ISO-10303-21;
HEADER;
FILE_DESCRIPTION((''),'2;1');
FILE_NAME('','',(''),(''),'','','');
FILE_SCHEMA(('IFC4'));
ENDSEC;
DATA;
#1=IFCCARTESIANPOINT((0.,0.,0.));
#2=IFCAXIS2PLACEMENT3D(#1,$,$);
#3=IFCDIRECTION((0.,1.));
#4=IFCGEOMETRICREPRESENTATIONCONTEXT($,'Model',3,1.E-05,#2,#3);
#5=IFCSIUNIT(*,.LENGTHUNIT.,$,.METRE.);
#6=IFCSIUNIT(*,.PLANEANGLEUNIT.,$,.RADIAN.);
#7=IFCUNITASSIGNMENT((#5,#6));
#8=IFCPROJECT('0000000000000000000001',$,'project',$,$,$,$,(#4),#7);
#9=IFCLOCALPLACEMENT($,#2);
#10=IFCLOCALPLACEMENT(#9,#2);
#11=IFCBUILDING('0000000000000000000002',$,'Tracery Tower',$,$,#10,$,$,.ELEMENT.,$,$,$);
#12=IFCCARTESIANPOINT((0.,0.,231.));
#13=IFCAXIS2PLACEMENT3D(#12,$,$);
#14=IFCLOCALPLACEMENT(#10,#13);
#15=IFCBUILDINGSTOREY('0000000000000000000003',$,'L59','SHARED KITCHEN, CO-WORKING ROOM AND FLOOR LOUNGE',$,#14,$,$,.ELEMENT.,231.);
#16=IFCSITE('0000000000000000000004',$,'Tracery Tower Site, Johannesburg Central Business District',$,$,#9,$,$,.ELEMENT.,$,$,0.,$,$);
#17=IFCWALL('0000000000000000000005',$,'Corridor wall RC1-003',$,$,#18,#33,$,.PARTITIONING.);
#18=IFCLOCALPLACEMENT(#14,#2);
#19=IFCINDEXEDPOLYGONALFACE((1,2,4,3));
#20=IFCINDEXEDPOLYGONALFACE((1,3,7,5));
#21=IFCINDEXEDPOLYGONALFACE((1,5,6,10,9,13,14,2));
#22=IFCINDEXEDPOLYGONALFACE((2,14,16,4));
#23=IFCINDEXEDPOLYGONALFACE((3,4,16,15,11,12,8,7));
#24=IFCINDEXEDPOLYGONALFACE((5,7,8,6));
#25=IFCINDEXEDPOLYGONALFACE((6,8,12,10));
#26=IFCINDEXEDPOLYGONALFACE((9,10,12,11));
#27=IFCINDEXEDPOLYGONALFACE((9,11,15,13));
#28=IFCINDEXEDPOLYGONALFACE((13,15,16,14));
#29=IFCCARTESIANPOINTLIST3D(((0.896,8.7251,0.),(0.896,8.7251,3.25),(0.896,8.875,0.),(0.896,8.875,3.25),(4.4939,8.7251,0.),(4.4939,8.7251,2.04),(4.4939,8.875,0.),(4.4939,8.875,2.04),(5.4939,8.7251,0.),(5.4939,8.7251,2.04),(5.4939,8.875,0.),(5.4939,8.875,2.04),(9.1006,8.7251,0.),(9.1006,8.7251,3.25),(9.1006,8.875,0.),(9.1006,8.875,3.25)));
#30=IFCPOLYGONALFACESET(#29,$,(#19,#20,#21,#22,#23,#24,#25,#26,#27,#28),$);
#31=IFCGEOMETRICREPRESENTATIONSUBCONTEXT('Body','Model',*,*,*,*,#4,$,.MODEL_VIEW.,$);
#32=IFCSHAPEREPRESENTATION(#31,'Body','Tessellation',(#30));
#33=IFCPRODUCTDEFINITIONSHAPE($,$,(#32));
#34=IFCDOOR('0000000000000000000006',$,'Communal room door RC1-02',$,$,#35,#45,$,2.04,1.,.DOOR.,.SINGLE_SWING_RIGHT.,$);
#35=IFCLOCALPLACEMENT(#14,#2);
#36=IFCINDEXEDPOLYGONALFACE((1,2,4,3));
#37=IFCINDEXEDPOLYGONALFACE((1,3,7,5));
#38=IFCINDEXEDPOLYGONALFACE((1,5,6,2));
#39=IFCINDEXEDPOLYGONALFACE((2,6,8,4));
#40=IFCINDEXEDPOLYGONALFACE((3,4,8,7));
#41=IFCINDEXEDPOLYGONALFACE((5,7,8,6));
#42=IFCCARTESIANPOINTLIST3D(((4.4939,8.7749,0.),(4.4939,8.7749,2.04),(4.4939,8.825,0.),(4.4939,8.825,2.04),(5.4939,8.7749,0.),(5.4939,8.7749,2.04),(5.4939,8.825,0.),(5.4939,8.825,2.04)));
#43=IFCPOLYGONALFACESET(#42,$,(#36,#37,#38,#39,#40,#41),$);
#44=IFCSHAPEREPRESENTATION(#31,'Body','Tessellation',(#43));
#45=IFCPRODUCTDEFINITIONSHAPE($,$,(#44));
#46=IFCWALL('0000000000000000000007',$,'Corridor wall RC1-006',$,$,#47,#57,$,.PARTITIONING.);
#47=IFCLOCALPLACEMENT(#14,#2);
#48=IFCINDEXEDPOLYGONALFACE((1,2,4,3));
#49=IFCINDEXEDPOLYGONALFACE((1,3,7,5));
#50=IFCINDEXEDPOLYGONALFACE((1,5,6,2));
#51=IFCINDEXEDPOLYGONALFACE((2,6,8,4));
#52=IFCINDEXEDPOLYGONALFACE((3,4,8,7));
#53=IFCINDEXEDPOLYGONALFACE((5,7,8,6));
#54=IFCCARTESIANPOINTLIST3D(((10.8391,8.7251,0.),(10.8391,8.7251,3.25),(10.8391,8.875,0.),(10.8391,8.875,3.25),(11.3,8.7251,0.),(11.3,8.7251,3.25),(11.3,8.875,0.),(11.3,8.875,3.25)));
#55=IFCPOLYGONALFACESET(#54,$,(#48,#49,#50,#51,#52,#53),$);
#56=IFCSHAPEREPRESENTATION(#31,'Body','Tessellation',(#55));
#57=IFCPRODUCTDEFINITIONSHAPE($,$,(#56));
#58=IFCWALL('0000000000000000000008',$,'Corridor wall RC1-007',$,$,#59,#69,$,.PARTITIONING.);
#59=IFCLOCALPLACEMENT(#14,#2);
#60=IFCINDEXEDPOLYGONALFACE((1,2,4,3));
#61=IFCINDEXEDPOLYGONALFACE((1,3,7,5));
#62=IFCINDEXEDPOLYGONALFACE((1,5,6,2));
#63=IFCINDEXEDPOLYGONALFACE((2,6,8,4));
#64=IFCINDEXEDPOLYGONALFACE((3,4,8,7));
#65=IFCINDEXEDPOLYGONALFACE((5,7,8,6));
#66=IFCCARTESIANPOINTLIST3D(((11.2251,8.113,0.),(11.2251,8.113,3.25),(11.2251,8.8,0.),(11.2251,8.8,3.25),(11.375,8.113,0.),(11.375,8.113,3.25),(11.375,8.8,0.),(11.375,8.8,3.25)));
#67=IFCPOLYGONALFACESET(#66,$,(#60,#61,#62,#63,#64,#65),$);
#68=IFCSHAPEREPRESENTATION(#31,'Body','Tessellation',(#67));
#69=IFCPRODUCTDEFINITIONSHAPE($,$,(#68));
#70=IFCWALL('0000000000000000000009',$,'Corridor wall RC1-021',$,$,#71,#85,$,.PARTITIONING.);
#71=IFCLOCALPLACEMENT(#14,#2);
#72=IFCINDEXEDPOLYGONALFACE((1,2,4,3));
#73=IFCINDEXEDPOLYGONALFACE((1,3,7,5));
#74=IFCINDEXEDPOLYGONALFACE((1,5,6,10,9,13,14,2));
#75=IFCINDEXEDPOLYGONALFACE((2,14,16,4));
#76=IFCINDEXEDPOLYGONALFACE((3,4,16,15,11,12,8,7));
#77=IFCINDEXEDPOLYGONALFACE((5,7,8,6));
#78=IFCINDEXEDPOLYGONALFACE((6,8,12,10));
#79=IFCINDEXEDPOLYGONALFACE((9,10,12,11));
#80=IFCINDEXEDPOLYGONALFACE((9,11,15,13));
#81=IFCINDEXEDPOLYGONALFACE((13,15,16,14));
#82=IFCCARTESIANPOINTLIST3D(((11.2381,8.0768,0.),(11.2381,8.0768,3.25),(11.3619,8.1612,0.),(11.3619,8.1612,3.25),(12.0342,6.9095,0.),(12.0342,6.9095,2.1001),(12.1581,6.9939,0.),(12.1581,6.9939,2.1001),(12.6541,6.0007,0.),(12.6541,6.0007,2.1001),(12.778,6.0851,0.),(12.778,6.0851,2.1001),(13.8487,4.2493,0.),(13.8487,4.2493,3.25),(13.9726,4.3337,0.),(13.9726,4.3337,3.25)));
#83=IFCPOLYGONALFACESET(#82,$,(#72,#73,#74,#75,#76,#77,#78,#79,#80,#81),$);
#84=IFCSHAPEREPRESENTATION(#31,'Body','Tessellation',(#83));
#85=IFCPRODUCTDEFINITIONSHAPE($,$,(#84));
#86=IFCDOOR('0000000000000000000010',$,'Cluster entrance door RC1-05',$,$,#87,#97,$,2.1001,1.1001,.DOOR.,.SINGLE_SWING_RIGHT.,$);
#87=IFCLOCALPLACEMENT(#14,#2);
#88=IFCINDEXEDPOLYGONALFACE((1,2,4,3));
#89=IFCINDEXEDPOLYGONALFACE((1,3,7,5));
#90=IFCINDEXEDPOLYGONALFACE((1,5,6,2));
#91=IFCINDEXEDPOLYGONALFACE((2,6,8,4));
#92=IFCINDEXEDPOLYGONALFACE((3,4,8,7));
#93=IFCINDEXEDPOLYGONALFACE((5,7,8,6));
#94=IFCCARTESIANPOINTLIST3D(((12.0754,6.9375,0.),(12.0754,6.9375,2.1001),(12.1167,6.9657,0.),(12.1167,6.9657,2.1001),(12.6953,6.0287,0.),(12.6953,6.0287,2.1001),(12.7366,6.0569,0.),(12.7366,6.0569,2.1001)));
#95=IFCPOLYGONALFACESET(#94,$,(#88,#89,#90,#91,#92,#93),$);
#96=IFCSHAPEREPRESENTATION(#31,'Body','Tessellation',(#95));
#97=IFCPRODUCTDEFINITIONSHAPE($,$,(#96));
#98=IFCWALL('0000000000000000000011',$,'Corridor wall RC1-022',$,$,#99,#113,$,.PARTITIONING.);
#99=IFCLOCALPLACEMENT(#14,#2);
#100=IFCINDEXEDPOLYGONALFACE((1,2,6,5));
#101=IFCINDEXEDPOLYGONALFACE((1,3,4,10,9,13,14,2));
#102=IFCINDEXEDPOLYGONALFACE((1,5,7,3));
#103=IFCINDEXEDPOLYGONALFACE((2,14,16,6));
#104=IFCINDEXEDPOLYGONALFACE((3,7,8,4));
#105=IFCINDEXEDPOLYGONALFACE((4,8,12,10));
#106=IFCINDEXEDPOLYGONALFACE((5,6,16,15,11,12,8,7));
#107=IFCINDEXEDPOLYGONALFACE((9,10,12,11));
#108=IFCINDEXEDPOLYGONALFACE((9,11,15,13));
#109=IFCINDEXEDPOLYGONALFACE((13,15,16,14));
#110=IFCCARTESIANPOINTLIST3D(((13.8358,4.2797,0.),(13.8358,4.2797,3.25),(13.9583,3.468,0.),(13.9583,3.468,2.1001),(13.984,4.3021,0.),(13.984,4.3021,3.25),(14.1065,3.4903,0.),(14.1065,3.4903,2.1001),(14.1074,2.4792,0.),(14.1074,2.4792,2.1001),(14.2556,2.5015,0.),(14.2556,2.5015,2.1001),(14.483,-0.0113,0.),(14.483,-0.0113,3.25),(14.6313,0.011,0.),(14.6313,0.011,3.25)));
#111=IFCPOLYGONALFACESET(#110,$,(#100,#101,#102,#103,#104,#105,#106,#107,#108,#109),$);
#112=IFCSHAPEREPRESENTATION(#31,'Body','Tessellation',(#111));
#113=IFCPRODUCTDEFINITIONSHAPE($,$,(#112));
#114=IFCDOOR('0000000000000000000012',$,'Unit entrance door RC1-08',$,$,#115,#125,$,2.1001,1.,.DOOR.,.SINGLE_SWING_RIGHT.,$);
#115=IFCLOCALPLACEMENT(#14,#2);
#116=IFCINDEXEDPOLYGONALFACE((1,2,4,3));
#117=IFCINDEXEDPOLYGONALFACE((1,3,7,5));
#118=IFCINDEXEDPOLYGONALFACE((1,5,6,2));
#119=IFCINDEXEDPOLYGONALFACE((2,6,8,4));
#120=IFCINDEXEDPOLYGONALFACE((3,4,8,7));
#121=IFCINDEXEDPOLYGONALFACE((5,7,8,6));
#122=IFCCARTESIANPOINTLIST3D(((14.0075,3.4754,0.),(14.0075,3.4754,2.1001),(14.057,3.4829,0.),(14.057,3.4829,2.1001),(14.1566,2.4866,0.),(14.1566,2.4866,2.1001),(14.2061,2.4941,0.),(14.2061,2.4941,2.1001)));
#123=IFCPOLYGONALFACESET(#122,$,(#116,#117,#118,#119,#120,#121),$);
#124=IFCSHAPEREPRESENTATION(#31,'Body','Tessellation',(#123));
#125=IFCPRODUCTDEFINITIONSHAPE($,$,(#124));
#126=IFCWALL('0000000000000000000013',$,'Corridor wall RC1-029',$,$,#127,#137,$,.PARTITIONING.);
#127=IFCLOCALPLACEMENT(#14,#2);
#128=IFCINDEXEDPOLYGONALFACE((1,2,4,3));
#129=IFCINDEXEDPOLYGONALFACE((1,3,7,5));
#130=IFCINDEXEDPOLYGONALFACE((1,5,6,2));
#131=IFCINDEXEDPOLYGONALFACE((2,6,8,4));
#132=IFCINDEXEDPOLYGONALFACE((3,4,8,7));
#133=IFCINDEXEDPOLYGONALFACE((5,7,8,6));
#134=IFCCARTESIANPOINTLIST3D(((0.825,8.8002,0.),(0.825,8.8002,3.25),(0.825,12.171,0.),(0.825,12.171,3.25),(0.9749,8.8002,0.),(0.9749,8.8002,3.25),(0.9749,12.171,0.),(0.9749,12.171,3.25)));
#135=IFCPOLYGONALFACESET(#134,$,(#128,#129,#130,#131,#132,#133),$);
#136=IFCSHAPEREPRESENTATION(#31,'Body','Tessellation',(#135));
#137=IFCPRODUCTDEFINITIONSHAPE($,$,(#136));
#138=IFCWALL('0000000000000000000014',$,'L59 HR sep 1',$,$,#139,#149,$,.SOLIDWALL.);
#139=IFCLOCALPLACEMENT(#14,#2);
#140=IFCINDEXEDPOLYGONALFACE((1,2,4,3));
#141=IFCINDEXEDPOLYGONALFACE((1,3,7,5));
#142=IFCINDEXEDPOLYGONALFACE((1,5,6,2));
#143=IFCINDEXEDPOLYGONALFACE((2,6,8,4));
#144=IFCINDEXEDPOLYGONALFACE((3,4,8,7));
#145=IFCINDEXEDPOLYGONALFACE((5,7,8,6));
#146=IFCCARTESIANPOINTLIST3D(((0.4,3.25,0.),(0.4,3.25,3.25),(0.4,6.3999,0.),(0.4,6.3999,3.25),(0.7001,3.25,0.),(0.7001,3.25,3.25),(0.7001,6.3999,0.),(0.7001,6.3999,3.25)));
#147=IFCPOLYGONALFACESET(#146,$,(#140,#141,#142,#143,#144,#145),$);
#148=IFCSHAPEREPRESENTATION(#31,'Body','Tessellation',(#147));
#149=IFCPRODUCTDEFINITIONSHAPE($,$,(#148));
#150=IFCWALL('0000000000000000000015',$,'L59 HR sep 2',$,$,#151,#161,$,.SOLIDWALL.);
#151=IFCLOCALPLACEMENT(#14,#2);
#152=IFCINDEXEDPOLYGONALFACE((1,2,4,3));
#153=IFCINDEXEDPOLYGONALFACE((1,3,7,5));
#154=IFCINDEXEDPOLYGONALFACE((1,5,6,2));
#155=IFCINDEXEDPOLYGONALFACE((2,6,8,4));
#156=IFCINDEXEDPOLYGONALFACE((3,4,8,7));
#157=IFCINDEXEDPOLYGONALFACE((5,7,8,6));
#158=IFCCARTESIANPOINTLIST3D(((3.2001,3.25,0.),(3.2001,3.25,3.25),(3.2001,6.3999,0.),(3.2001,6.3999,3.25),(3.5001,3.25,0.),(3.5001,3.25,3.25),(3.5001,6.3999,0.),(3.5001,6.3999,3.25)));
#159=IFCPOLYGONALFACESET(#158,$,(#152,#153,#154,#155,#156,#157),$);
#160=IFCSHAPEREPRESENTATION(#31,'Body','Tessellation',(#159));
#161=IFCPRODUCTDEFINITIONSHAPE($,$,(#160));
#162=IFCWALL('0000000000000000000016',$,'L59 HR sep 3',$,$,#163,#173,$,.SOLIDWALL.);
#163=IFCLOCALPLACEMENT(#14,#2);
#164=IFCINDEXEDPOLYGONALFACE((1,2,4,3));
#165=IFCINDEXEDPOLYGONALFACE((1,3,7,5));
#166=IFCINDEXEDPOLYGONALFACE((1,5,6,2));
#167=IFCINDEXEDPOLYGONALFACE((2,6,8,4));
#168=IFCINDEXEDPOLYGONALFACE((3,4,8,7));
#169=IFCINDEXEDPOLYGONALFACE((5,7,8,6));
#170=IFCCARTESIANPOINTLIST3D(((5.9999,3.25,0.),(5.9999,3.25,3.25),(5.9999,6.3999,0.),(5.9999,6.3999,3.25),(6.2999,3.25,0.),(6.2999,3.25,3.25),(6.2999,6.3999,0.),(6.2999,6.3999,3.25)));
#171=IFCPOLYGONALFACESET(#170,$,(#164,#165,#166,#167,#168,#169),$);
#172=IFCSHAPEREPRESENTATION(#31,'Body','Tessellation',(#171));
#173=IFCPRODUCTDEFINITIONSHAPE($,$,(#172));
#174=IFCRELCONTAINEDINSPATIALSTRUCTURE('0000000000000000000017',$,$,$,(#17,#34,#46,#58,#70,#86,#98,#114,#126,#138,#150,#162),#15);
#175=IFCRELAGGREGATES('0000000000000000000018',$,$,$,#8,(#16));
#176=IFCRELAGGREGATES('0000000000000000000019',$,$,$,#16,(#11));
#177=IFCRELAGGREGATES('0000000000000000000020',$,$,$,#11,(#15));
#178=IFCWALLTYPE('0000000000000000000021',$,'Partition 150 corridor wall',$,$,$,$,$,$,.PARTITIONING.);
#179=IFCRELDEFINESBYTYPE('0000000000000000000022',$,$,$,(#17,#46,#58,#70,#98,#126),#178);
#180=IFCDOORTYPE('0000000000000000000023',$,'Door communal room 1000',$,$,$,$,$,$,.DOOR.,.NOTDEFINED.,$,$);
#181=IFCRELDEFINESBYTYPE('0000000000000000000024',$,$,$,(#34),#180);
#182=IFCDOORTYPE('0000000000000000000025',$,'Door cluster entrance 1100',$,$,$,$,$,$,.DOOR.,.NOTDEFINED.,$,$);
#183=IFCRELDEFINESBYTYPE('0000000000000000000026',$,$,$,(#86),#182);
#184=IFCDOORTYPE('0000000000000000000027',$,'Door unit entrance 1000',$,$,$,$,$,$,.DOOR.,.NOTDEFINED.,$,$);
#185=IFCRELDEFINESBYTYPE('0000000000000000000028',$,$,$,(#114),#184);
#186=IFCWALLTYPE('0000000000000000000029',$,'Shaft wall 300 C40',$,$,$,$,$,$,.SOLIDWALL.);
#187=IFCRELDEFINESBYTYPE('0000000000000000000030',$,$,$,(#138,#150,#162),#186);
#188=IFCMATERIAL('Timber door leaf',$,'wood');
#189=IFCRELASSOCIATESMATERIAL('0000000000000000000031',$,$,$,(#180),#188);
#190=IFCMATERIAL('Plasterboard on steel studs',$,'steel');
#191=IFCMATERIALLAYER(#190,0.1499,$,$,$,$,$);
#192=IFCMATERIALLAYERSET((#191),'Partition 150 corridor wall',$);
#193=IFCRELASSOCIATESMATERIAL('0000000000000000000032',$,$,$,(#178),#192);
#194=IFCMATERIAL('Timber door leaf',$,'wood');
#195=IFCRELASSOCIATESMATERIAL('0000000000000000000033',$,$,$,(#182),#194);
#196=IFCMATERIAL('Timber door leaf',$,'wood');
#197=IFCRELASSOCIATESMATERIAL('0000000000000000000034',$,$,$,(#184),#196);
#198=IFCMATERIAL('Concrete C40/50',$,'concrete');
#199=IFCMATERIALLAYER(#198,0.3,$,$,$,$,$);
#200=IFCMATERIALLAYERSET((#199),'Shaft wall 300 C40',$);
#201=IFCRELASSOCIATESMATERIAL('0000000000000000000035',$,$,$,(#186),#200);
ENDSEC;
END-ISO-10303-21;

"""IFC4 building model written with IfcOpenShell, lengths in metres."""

from ifc_helpers import new_model, si_unit, direction, frame, frame_2d, origin, place, context, subcontext, project, spatial, rectangle, extrude, material, layer, layer_set, type_object, element, fill, save


model = new_model("IFC4")

# Units and contexts
model_context = context("Model", 3, precision=1e-05, world=origin(), true_north=direction((0.0, 1.0)))
body_context = subcontext(model_context, "Body", "Model", "MODEL_VIEW")
ifc_project = project(units=[si_unit("LENGTHUNIT", "METRE"), si_unit("PLANEANGLEUNIT", "RADIAN")], contexts=[model_context])

# Site, building, storey
site_placement = place(None, origin())
site = spatial("IfcSite", under=ifc_project, at=site_placement, Name="Tracery Tower Site, Johannesburg Central Business District", CompositionType="ELEMENT", RefElevation=0.0)
building_placement = place(site_placement, origin())
building = spatial("IfcBuilding", under=site, at=building_placement, Name="Tracery Tower", CompositionType="ELEMENT")
storey_placement = place(building_placement, frame((0.0, 0.0, 231.0)))
storey = spatial("IfcBuildingStorey", under=building, at=storey_placement, Name="L59", Description="SHARED KITCHEN, CO-WORKING ROOM AND FLOOR LOUNGE", CompositionType="ELEMENT", Elevation=231.0)

# Shared definitions
ifc_material_1 = material(Name="Timber door leaf", Category="wood")
door_type_1 = type_object("IfcDoorType", Name="Door communal room 1000", OperationType="NOTDEFINED", PredefinedType="DOOR", material=ifc_material_1)

# Wall, opening, door
ifc_material_2 = material(Name="Plasterboard on steel studs", Category="steel")
ifc_layer_1 = layer(ifc_material_2, 0.1499)
ifc_layer_set_1 = layer_set([ifc_layer_1], Name="Partition 150 corridor wall")
wall_type_1 = type_object("IfcWallType", Name="Partition 150 corridor wall", PredefinedType="PARTITIONING", material=ifc_layer_set_1)
wall_1_placement = place(storey_placement, frame((0.896, 8.8, 0.0), z_axis=(0.0, 0.0, 1.0), x_axis=(1.0, 0.0, 0.0)))
wall_1 = element("IfcWall", 1, at=wall_1_placement, inside=storey, type_object=wall_type_1, Name="Corridor wall RC1-003", PredefinedType="PARTITIONING", context=body_context, shape_type="SweptSolid", body=[
    extrude(rectangle(XDim=8.2046, YDim=0.1499, at=frame_2d((4.1023, 0.0))), origin(), (0.0, 0.0, 1.0), 3.25),
])
opening_1_placement = place(wall_1_placement, frame((3.5979, 0.0, 0.0)))
opening_1 = element("IfcOpeningElement", 2, at=opening_1_placement, cuts=wall_1, PredefinedType="OPENING", context=body_context, shape_type="SweptSolid", body=[
    extrude(rectangle(XDim=1.0, YDim=2.04, at=frame_2d((0.5, 1.02))), frame((0.0, 0.075, 0.0), z_axis=(0.0, -1.0, 0.0), x_axis=(1.0, 0.0, 0.0)), (0.0, 0.0, 1.0), 0.1499),
])
door_1_placement = place(opening_1_placement, origin())
door_1 = element("IfcDoor", 3, at=door_1_placement, inside=storey, type_object=door_type_1, Name="Communal room door RC1-02", OperationType="SINGLE_SWING_RIGHT", OverallHeight=2.04, OverallWidth=1.0, PredefinedType="DOOR", context=body_context, shape_type="SweptSolid", body=[
    extrude(rectangle(XDim=1.0, YDim=2.04, at=frame_2d((0.5, 1.02))), frame((0.0, 0.0249, 0.0), z_axis=(0.0, -1.0, 0.0), x_axis=(1.0, 0.0, 0.0)), (0.0, 0.0, 1.0), 0.05),
])
fill(opening_1, door_1)

# Walls
wall_2_placement = place(storey_placement, frame((10.8391, 8.8, 0.0), z_axis=(0.0, 0.0, 1.0), x_axis=(1.0, 0.0, 0.0)))
element("IfcWall", 4, at=wall_2_placement, inside=storey, type_object=wall_type_1, Name="Corridor wall RC1-006", PredefinedType="PARTITIONING", context=body_context, shape_type="SweptSolid", body=[
    extrude(rectangle(XDim=0.4609, YDim=0.1499, at=frame_2d((0.2305, 0.0))), origin(), (0.0, 0.0, 1.0), 3.25),
])
wall_3_placement = place(storey_placement, frame((11.3, 8.113, 0.0), z_axis=(0.0, 0.0, 1.0), x_axis=(0.0, 1.0, 0.0)))
element("IfcWall", 5, at=wall_3_placement, inside=storey, type_object=wall_type_1, Name="Corridor wall RC1-007", PredefinedType="PARTITIONING", context=body_context, shape_type="SweptSolid", body=[
    extrude(rectangle(XDim=0.687, YDim=0.1499, at=frame_2d((0.3435, 0.0))), origin(), (0.0, 0.0, 1.0), 3.25),
])

# Walls, openings, doors
wall_4_placement = place(storey_placement, frame((11.3, 8.1189, 0.0), z_axis=(0.0, 0.0, 1.0), x_axis=(0.563486, -0.826126, 0.0)))
wall_4 = element("IfcWall", 6, at=wall_4_placement, inside=storey, type_object=wall_type_1, Name="Corridor wall RC1-021", PredefinedType="PARTITIONING", context=body_context, shape_type="SweptSolid", body=[
    extrude(rectangle(XDim=4.6331, YDim=0.1499, at=frame_2d((2.3164, 0.0))), origin(), (0.0, 0.0, 1.0), 3.25),
])
opening_2_placement = place(wall_4_placement, frame((1.4128, 0.0, 0.0)))
opening_2 = element("IfcOpeningElement", 7, at=opening_2_placement, cuts=wall_4, PredefinedType="OPENING", context=body_context, shape_type="SweptSolid", body=[
    extrude(rectangle(XDim=1.1001, YDim=2.1001, at=frame_2d((0.55, 1.05))), frame((0.0, 0.075, 0.0), z_axis=(0.0, -1.0, 0.0), x_axis=(1.0, 0.0, 0.0)), (0.0, 0.0, 1.0), 0.1499),
])
ifc_material_3 = material(Name="Timber door leaf", Category="wood")
door_type_2 = type_object("IfcDoorType", Name="Door cluster entrance 1100", OperationType="NOTDEFINED", PredefinedType="DOOR", material=ifc_material_3)
door_2_placement = place(opening_2_placement, origin())
door_2 = element("IfcDoor", 8, at=door_2_placement, inside=storey, type_object=door_type_2, Name="Cluster entrance door RC1-05", OperationType="SINGLE_SWING_RIGHT", OverallHeight=2.1001, OverallWidth=1.1001, PredefinedType="DOOR", context=body_context, shape_type="SweptSolid", body=[
    extrude(rectangle(XDim=1.1001, YDim=2.1001, at=frame_2d((0.55, 1.05))), frame((0.0, 0.0249, 0.0), z_axis=(0.0, -1.0, 0.0), x_axis=(1.0, 0.0, 0.0)), (0.0, 0.0, 1.0), 0.05),
])
fill(opening_2, door_2)
wall_5_placement = place(storey_placement, frame((13.9099, 4.291, 0.0), z_axis=(0.0, 0.0, 1.0), x_axis=(0.149144, -0.988816, 0.0)))
wall_5 = element("IfcWall", 9, at=wall_5_placement, inside=storey, type_object=wall_type_1, Name="Corridor wall RC1-022", PredefinedType="PARTITIONING", context=body_context, shape_type="SweptSolid", body=[
    extrude(rectangle(XDim=4.3396, YDim=0.1499, at=frame_2d((2.1699, 0.0))), origin(), (0.0, 0.0, 1.0), 3.25),
])
opening_3_placement = place(wall_5_placement, frame((0.821, 0.0, 0.0)))
opening_3 = element("IfcOpeningElement", 10, at=opening_3_placement, cuts=wall_5, PredefinedType="OPENING", context=body_context, shape_type="SweptSolid", body=[
    extrude(rectangle(XDim=1.0, YDim=2.1001, at=frame_2d((0.5, 1.05))), frame((0.0, 0.075, 0.0), z_axis=(0.0, -1.0, 0.0), x_axis=(1.0, 0.0, 0.0)), (0.0, 0.0, 1.0), 0.1499),
])
ifc_material_4 = material(Name="Timber door leaf", Category="wood")
door_type_3 = type_object("IfcDoorType", Name="Door unit entrance 1000", OperationType="NOTDEFINED", PredefinedType="DOOR", material=ifc_material_4)
door_3_placement = place(opening_3_placement, origin())
door_3 = element("IfcDoor", 11, at=door_3_placement, inside=storey, type_object=door_type_3, Name="Unit entrance door RC1-08", OperationType="SINGLE_SWING_RIGHT", OverallHeight=2.1001, OverallWidth=1.0, PredefinedType="DOOR", context=body_context, shape_type="SweptSolid", body=[
    extrude(rectangle(XDim=1.0, YDim=2.1001, at=frame_2d((0.5, 1.05))), frame((0.0, 0.0249, 0.0), z_axis=(0.0, -1.0, 0.0), x_axis=(1.0, 0.0, 0.0)), (0.0, 0.0, 1.0), 0.05),
])
fill(opening_3, door_3)

# Walls
wall_6_placement = place(storey_placement, frame((0.8999, 8.8, 0.0), z_axis=(0.0, 0.0, 1.0), x_axis=(0.0, 1.0, 0.0)))
element("IfcWall", 12, at=wall_6_placement, inside=storey, type_object=wall_type_1, Name="Corridor wall RC1-029", PredefinedType="PARTITIONING", context=body_context, shape_type="SweptSolid", body=[
    extrude(rectangle(XDim=3.3708, YDim=0.1499, at=frame_2d((1.6855, 0.0))), origin(), (0.0, 0.0, 1.0), 3.25),
])
ifc_material_5 = material(Name="Concrete C40/50", Category="concrete")
ifc_layer_2 = layer(ifc_material_5, 0.3)
ifc_layer_set_2 = layer_set([ifc_layer_2], Name="Shaft wall 300 C40")
wall_type_2 = type_object("IfcWallType", Name="Shaft wall 300 C40", PredefinedType="SOLIDWALL", material=ifc_layer_set_2)
for number, where, z_axis, x_axis, name in (
    (13, (0.55, 3.25, 0.0), (0.0, 0.0, 1.0), (0.0, 1.0, 0.0), "L59 HR sep 1"),
    (14, (3.3501, 3.25, 0.0), (0.0, 0.0, 1.0), (0.0, 1.0, 0.0), "L59 HR sep 2"),
    (15, (6.1499, 3.25, 0.0), (0.0, 0.0, 1.0), (0.0, 1.0, 0.0), "L59 HR sep 3"),
):
    element("IfcWall", number, at=place(storey_placement, frame(where, z_axis=z_axis, x_axis=x_axis)), inside=storey, type_object=wall_type_2, Name=name, PredefinedType="SOLIDWALL", context=body_context, shape_type="SweptSolid", body=[
        extrude(rectangle(XDim=3.1499, YDim=0.3, at=frame_2d((1.575, 0.0))), origin(), (0.0, 0.0, 1.0), 3.25),
    ])

save(model, "model.ifc")
